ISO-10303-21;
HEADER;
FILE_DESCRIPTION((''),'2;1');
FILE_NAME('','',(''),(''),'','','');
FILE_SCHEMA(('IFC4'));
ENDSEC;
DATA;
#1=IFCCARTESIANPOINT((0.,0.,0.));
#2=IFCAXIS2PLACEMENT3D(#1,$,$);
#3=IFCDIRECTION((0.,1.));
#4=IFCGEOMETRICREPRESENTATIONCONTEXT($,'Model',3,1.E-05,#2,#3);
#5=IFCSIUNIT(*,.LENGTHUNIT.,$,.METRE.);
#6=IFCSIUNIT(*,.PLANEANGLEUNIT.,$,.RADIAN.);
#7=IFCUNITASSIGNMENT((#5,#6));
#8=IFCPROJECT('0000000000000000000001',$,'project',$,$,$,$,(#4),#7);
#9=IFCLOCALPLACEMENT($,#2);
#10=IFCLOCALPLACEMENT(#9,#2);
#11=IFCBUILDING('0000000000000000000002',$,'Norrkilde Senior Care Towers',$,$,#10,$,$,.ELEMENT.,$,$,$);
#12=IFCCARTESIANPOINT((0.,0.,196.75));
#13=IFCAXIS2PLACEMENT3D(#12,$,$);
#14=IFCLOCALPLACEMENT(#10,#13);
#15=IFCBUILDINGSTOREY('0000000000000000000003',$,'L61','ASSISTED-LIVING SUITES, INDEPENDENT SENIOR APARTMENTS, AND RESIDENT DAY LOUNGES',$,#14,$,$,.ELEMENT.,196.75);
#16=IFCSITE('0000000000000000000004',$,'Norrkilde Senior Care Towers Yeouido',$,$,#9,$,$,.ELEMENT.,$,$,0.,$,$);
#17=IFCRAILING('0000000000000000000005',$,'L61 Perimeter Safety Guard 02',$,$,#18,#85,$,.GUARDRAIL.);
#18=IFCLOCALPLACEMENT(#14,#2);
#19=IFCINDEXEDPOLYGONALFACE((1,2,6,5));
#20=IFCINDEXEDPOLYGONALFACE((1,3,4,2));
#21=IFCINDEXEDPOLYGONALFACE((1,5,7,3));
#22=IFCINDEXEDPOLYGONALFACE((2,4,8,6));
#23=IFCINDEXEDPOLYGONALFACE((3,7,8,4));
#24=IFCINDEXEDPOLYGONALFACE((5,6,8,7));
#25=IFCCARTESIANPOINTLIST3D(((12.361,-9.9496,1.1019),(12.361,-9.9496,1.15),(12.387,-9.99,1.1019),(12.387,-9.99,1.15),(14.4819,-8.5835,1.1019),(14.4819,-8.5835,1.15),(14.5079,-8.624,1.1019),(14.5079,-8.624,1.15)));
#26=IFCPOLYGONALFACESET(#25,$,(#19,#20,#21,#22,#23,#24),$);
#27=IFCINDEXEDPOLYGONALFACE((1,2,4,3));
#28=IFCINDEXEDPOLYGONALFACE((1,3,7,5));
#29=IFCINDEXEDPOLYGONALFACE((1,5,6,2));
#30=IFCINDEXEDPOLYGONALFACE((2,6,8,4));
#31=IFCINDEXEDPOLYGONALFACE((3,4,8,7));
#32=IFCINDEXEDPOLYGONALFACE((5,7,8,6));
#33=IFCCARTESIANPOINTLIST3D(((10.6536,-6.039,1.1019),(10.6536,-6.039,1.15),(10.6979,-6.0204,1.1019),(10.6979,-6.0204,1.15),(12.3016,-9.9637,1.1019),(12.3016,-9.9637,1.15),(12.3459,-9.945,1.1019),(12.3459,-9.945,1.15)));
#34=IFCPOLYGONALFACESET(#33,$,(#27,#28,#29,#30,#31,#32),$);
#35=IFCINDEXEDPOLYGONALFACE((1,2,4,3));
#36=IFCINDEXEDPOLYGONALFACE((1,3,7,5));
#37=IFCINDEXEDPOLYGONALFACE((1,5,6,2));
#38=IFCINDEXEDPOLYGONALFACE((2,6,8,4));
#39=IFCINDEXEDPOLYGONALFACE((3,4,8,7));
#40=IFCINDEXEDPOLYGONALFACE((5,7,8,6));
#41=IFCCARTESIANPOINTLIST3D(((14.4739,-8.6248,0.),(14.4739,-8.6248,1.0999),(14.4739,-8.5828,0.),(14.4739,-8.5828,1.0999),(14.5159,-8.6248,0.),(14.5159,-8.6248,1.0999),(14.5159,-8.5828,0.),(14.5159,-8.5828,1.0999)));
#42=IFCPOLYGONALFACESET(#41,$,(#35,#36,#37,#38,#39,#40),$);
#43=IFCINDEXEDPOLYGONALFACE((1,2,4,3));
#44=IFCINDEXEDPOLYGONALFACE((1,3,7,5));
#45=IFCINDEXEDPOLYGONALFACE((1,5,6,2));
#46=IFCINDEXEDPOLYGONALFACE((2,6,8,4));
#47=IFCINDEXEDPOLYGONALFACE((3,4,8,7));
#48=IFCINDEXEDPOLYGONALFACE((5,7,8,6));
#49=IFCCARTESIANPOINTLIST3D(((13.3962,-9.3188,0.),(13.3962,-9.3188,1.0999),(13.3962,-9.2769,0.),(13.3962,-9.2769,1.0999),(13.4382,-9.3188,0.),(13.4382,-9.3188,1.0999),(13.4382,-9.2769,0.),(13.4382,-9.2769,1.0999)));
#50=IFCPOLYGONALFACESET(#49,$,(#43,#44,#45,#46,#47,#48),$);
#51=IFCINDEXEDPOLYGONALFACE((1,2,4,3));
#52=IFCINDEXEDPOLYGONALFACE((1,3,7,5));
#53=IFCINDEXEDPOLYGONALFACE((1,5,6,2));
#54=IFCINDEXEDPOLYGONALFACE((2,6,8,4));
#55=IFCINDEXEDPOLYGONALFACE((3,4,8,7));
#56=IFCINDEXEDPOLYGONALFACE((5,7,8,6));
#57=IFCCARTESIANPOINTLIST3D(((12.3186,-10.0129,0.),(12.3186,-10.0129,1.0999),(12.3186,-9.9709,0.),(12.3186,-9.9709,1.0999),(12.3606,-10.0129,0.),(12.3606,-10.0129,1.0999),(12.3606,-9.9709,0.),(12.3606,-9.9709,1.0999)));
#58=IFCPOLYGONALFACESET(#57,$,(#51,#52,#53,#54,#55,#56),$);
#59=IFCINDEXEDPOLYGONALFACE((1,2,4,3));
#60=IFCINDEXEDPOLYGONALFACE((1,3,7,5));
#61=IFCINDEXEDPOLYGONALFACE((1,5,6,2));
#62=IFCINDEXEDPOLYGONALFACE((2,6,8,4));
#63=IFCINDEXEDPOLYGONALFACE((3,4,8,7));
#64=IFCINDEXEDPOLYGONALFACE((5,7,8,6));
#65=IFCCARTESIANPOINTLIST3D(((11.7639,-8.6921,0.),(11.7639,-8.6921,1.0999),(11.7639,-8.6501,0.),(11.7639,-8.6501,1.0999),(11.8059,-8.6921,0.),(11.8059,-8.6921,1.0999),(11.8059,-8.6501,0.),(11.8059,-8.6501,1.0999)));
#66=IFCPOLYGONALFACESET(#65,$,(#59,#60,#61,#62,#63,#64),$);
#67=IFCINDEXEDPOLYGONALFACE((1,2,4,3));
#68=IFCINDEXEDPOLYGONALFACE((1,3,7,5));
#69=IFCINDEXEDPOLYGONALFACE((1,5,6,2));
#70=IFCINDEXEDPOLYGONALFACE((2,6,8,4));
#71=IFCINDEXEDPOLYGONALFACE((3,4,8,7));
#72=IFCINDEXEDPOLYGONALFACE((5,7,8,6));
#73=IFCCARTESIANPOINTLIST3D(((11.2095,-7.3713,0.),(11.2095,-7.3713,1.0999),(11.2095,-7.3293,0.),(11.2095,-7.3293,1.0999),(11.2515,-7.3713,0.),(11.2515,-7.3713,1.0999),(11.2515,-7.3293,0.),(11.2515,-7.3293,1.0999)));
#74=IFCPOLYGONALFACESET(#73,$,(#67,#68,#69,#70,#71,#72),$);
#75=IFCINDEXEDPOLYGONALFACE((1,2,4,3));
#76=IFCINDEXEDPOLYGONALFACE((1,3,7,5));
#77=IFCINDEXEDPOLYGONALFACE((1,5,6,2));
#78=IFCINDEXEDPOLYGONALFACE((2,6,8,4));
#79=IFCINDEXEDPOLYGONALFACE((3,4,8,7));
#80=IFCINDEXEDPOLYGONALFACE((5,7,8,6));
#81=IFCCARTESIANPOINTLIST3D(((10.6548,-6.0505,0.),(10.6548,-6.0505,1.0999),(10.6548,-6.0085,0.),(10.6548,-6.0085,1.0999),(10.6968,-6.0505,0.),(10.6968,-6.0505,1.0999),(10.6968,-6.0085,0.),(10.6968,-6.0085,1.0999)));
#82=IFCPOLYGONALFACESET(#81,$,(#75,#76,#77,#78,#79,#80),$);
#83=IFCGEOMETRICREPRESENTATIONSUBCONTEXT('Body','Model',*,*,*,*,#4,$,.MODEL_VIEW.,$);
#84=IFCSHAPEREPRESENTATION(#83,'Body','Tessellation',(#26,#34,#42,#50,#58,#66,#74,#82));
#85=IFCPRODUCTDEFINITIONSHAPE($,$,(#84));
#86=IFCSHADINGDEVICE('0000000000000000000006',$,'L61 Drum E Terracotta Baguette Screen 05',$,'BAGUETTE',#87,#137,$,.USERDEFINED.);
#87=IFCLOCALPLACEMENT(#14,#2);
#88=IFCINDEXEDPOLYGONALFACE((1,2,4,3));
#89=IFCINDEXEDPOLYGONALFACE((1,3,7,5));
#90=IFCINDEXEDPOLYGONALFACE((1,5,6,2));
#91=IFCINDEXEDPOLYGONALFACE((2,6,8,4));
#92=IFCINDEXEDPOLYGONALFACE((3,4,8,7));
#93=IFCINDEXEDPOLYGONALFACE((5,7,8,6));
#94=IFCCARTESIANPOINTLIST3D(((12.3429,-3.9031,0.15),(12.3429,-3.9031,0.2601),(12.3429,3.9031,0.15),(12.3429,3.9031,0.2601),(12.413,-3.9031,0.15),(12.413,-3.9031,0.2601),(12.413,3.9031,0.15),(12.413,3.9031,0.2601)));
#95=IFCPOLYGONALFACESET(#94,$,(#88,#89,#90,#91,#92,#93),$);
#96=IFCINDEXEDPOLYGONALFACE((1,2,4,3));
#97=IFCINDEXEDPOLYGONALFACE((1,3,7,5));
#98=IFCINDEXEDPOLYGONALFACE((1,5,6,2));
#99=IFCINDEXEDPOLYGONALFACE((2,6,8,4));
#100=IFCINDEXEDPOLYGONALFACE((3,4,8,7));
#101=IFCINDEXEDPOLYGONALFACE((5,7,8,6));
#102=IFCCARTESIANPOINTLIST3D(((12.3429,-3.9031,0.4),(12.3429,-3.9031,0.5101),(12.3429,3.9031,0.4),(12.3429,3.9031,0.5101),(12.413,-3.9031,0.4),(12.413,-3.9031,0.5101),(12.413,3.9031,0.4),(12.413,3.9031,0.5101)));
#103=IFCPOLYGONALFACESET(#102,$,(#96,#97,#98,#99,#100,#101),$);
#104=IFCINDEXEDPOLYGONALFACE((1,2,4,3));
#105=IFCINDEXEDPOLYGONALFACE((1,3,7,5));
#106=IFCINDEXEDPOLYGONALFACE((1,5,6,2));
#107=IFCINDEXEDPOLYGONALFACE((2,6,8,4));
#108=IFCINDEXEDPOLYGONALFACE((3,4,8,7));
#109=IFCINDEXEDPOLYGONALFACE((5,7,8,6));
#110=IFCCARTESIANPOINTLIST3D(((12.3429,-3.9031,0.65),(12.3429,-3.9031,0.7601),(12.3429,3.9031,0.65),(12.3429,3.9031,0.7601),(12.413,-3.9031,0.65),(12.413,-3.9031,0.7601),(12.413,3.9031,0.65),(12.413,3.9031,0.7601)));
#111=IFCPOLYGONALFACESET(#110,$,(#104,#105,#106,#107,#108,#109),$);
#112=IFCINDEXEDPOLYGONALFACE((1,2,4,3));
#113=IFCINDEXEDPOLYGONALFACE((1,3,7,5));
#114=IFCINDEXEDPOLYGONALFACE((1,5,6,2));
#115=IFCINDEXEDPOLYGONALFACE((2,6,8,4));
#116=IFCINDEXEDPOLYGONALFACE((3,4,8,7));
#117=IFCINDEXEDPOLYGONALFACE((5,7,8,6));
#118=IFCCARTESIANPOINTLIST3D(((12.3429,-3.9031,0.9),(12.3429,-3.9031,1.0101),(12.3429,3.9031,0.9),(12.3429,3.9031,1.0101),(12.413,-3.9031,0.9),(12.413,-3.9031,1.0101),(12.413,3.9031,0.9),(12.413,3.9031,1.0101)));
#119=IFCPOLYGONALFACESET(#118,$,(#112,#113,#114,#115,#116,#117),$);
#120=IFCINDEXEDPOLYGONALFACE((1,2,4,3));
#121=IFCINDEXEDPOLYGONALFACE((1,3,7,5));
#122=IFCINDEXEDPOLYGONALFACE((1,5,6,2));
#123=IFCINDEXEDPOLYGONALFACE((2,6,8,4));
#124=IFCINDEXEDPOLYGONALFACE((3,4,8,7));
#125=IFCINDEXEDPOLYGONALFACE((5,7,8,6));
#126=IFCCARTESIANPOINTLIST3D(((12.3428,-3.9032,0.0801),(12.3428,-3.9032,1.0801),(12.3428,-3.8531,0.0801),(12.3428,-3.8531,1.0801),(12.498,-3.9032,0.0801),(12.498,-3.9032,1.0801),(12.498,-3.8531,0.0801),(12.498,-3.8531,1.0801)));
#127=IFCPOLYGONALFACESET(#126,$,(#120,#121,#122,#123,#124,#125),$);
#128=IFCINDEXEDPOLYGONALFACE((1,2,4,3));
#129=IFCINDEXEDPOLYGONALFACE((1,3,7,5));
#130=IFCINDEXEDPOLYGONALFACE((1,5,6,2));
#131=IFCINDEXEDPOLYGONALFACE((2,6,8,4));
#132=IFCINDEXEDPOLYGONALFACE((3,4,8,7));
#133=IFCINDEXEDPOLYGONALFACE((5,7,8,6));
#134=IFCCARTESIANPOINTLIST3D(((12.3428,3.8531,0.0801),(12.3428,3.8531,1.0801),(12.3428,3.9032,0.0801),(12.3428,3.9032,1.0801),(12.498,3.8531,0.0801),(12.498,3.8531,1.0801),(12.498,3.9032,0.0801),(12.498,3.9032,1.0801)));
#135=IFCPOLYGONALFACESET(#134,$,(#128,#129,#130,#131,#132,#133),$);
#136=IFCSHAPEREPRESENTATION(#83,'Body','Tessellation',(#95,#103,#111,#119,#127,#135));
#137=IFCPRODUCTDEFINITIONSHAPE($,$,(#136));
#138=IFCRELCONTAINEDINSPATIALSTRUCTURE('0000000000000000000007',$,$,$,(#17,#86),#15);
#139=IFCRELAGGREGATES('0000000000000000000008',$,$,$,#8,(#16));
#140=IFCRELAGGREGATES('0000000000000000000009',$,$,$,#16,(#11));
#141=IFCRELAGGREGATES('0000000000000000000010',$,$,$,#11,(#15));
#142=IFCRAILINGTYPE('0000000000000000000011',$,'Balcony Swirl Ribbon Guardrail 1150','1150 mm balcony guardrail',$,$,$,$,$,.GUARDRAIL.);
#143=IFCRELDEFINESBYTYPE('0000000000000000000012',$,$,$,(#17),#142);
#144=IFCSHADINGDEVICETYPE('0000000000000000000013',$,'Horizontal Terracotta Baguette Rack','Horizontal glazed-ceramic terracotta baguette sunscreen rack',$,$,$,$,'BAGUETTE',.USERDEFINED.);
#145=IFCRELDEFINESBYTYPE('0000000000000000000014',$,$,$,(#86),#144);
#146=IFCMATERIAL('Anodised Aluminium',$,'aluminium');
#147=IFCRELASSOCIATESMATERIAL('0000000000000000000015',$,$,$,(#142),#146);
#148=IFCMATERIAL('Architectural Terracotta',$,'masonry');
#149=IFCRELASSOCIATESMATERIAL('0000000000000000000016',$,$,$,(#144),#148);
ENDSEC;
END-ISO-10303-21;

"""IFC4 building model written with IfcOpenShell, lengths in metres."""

from ifc_helpers import new_model, si_unit, direction, frame, origin, origin_2d, place, context, subcontext, project, spatial, rectangle, extrude, source, transform, mapped, material, type_object, type_shapes, element, save


model = new_model("IFC4")

# Units and contexts
model_context = context("Model", 3, precision=1e-05, world=origin(), true_north=direction((0.0, 1.0)))
body_context = subcontext(model_context, "Body", "Model", "MODEL_VIEW")
ifc_project = project(units=[si_unit("LENGTHUNIT", "METRE"), si_unit("PLANEANGLEUNIT", "RADIAN")], contexts=[model_context])

# Site, building, storey
site_placement = place(None, origin())
site = spatial("IfcSite", under=ifc_project, at=site_placement, Name="Norrkilde Senior Care Towers Yeouido", CompositionType="ELEMENT", RefElevation=0.0)
building_placement = place(site_placement, origin())
building = spatial("IfcBuilding", under=site, at=building_placement, Name="Norrkilde Senior Care Towers", CompositionType="ELEMENT")
storey_placement = place(building_placement, frame((0.0, 0.0, 196.75)))
storey = spatial("IfcBuildingStorey", under=building, at=storey_placement, Name="L61", Description="ASSISTED-LIVING SUITES, INDEPENDENT SENIOR APARTMENTS, AND RESIDENT DAY LOUNGES", CompositionType="ELEMENT", Elevation=196.75)

# Shared definitions
ifc_material_1 = material(Name="Anodised Aluminium", Category="aluminium")

# Railing
railing_type = type_object("IfcRailingType", Name="Balcony Swirl Ribbon Guardrail 1150", Description="1150 mm balcony guardrail", PredefinedType="GUARDRAIL", material=ifc_material_1)
railing_1_placement = place(storey_placement, frame((14.4949, -8.6038, 0.0)))
element("IfcRailing", 1, at=railing_1_placement, inside=storey, type_object=railing_type, Name="L61 Perimeter Safety Guard 02", PredefinedType="GUARDRAIL", context=body_context, shape_type="SweptSolid", body=[
    extrude(rectangle(XDim=0.0481, YDim=0.0481, at=origin_2d()), frame((0.0, 0.0, 1.126), z_axis=(-0.840708, -0.541489, 0.0), x_axis=(0.541489, -0.840708, 0.0)), (0.0, 0.0, 1.0), 2.5227),
    extrude(rectangle(XDim=0.0481, YDim=0.0481, at=origin_2d()), frame((-2.1711, -1.3506, 1.126), z_axis=(-0.387155, 0.922015, 0.0), x_axis=(-0.922015, -0.387155, 0.0)), (0.0, 0.0, 1.0), 4.2566),
    extrude(rectangle(XDim=0.042, YDim=0.042, at=origin_2d()), origin(), (0.0, 0.0, 1.0), 1.0999),
    extrude(rectangle(XDim=0.042, YDim=0.042, at=origin_2d()), frame((-1.0776, -0.6941, 0.0)), (0.0, 0.0, 1.0), 1.0999),
    extrude(rectangle(XDim=0.042, YDim=0.042, at=origin_2d()), frame((-2.1553, -1.3882, 0.0)), (0.0, 0.0, 1.0), 1.0999),
    extrude(rectangle(XDim=0.042, YDim=0.042, at=origin_2d()), frame((-2.71, -0.0674, 0.0)), (0.0, 0.0, 1.0), 1.0999),
    extrude(rectangle(XDim=0.042, YDim=0.042, at=origin_2d()), frame((-3.2644, 1.2534, 0.0)), (0.0, 0.0, 1.0), 1.0999),
    extrude(rectangle(XDim=0.042, YDim=0.042, at=origin_2d()), frame((-3.8191, 2.5742, 0.0)), (0.0, 0.0, 1.0), 1.0999),
])

# Shading device
ifc_material_2 = material(Name="Architectural Terracotta", Category="masonry")
shading_device_type = type_object("IfcShadingDeviceType", Name="Horizontal Terracotta Baguette Rack", Description="Horizontal glazed-ceramic terracotta baguette sunscreen rack", ElementType="BAGUETTE", PredefinedType="USERDEFINED", material=ifc_material_2)
shared_shape_1 = source(origin(), body_context, "Body", "SweptSolid", [
    extrude(rectangle(XDim=0.0701, YDim=0.1101, at=origin_2d()), frame((0.0, 0.0901, 0.125), z_axis=(1.0, 0.0, 0.0), x_axis=(0.0, 1.0, 0.0)), (0.0, 0.0, 1.0), 7.8062),
    extrude(rectangle(XDim=0.0701, YDim=0.1101, at=origin_2d()), frame((0.0, 0.0901, 0.375), z_axis=(1.0, 0.0, 0.0), x_axis=(0.0, 1.0, 0.0)), (0.0, 0.0, 1.0), 7.8062),
    extrude(rectangle(XDim=0.0701, YDim=0.1101, at=origin_2d()), frame((0.0, 0.0901, 0.625), z_axis=(1.0, 0.0, 0.0), x_axis=(0.0, 1.0, 0.0)), (0.0, 0.0, 1.0), 7.8062),
    extrude(rectangle(XDim=0.0701, YDim=0.1101, at=origin_2d()), frame((0.0, 0.0901, 0.875), z_axis=(1.0, 0.0, 0.0), x_axis=(0.0, 1.0, 0.0)), (0.0, 0.0, 1.0), 7.8062),
    extrude(rectangle(XDim=0.05, YDim=0.1553, at=origin_2d()), frame((0.0249, 0.0476, 0.0)), (0.0, 0.0, 1.0), 1.0),
    extrude(rectangle(XDim=0.05, YDim=0.1553, at=origin_2d()), frame((7.7812, 0.0476, 0.0)), (0.0, 0.0, 1.0), 1.0),
])
type_shapes(shading_device_type, [shared_shape_1])
shading_device_placement = place(storey_placement, frame((12.468, -3.9031, 0.0801), z_axis=(0.0, 0.0, 1.0), x_axis=(0.0, 1.0, 0.0)))
element("IfcShadingDevice", 2, at=shading_device_placement, inside=storey, type_object=shading_device_type, Name="L61 Drum E Terracotta Baguette Screen 05", ObjectType="BAGUETTE", PredefinedType="USERDEFINED", context=body_context, shape_type="MappedRepresentation", body=[
    mapped(shared_shape_1, transform((0.0, 0.0, 0.0), x_axis=(1.0, 0.0, 0.0), y_axis=(0.0, 1.0, 0.0), z_axis=(0.0, 0.0, 1.0), scale=1.0)),
])

save(model, "model.ifc")
